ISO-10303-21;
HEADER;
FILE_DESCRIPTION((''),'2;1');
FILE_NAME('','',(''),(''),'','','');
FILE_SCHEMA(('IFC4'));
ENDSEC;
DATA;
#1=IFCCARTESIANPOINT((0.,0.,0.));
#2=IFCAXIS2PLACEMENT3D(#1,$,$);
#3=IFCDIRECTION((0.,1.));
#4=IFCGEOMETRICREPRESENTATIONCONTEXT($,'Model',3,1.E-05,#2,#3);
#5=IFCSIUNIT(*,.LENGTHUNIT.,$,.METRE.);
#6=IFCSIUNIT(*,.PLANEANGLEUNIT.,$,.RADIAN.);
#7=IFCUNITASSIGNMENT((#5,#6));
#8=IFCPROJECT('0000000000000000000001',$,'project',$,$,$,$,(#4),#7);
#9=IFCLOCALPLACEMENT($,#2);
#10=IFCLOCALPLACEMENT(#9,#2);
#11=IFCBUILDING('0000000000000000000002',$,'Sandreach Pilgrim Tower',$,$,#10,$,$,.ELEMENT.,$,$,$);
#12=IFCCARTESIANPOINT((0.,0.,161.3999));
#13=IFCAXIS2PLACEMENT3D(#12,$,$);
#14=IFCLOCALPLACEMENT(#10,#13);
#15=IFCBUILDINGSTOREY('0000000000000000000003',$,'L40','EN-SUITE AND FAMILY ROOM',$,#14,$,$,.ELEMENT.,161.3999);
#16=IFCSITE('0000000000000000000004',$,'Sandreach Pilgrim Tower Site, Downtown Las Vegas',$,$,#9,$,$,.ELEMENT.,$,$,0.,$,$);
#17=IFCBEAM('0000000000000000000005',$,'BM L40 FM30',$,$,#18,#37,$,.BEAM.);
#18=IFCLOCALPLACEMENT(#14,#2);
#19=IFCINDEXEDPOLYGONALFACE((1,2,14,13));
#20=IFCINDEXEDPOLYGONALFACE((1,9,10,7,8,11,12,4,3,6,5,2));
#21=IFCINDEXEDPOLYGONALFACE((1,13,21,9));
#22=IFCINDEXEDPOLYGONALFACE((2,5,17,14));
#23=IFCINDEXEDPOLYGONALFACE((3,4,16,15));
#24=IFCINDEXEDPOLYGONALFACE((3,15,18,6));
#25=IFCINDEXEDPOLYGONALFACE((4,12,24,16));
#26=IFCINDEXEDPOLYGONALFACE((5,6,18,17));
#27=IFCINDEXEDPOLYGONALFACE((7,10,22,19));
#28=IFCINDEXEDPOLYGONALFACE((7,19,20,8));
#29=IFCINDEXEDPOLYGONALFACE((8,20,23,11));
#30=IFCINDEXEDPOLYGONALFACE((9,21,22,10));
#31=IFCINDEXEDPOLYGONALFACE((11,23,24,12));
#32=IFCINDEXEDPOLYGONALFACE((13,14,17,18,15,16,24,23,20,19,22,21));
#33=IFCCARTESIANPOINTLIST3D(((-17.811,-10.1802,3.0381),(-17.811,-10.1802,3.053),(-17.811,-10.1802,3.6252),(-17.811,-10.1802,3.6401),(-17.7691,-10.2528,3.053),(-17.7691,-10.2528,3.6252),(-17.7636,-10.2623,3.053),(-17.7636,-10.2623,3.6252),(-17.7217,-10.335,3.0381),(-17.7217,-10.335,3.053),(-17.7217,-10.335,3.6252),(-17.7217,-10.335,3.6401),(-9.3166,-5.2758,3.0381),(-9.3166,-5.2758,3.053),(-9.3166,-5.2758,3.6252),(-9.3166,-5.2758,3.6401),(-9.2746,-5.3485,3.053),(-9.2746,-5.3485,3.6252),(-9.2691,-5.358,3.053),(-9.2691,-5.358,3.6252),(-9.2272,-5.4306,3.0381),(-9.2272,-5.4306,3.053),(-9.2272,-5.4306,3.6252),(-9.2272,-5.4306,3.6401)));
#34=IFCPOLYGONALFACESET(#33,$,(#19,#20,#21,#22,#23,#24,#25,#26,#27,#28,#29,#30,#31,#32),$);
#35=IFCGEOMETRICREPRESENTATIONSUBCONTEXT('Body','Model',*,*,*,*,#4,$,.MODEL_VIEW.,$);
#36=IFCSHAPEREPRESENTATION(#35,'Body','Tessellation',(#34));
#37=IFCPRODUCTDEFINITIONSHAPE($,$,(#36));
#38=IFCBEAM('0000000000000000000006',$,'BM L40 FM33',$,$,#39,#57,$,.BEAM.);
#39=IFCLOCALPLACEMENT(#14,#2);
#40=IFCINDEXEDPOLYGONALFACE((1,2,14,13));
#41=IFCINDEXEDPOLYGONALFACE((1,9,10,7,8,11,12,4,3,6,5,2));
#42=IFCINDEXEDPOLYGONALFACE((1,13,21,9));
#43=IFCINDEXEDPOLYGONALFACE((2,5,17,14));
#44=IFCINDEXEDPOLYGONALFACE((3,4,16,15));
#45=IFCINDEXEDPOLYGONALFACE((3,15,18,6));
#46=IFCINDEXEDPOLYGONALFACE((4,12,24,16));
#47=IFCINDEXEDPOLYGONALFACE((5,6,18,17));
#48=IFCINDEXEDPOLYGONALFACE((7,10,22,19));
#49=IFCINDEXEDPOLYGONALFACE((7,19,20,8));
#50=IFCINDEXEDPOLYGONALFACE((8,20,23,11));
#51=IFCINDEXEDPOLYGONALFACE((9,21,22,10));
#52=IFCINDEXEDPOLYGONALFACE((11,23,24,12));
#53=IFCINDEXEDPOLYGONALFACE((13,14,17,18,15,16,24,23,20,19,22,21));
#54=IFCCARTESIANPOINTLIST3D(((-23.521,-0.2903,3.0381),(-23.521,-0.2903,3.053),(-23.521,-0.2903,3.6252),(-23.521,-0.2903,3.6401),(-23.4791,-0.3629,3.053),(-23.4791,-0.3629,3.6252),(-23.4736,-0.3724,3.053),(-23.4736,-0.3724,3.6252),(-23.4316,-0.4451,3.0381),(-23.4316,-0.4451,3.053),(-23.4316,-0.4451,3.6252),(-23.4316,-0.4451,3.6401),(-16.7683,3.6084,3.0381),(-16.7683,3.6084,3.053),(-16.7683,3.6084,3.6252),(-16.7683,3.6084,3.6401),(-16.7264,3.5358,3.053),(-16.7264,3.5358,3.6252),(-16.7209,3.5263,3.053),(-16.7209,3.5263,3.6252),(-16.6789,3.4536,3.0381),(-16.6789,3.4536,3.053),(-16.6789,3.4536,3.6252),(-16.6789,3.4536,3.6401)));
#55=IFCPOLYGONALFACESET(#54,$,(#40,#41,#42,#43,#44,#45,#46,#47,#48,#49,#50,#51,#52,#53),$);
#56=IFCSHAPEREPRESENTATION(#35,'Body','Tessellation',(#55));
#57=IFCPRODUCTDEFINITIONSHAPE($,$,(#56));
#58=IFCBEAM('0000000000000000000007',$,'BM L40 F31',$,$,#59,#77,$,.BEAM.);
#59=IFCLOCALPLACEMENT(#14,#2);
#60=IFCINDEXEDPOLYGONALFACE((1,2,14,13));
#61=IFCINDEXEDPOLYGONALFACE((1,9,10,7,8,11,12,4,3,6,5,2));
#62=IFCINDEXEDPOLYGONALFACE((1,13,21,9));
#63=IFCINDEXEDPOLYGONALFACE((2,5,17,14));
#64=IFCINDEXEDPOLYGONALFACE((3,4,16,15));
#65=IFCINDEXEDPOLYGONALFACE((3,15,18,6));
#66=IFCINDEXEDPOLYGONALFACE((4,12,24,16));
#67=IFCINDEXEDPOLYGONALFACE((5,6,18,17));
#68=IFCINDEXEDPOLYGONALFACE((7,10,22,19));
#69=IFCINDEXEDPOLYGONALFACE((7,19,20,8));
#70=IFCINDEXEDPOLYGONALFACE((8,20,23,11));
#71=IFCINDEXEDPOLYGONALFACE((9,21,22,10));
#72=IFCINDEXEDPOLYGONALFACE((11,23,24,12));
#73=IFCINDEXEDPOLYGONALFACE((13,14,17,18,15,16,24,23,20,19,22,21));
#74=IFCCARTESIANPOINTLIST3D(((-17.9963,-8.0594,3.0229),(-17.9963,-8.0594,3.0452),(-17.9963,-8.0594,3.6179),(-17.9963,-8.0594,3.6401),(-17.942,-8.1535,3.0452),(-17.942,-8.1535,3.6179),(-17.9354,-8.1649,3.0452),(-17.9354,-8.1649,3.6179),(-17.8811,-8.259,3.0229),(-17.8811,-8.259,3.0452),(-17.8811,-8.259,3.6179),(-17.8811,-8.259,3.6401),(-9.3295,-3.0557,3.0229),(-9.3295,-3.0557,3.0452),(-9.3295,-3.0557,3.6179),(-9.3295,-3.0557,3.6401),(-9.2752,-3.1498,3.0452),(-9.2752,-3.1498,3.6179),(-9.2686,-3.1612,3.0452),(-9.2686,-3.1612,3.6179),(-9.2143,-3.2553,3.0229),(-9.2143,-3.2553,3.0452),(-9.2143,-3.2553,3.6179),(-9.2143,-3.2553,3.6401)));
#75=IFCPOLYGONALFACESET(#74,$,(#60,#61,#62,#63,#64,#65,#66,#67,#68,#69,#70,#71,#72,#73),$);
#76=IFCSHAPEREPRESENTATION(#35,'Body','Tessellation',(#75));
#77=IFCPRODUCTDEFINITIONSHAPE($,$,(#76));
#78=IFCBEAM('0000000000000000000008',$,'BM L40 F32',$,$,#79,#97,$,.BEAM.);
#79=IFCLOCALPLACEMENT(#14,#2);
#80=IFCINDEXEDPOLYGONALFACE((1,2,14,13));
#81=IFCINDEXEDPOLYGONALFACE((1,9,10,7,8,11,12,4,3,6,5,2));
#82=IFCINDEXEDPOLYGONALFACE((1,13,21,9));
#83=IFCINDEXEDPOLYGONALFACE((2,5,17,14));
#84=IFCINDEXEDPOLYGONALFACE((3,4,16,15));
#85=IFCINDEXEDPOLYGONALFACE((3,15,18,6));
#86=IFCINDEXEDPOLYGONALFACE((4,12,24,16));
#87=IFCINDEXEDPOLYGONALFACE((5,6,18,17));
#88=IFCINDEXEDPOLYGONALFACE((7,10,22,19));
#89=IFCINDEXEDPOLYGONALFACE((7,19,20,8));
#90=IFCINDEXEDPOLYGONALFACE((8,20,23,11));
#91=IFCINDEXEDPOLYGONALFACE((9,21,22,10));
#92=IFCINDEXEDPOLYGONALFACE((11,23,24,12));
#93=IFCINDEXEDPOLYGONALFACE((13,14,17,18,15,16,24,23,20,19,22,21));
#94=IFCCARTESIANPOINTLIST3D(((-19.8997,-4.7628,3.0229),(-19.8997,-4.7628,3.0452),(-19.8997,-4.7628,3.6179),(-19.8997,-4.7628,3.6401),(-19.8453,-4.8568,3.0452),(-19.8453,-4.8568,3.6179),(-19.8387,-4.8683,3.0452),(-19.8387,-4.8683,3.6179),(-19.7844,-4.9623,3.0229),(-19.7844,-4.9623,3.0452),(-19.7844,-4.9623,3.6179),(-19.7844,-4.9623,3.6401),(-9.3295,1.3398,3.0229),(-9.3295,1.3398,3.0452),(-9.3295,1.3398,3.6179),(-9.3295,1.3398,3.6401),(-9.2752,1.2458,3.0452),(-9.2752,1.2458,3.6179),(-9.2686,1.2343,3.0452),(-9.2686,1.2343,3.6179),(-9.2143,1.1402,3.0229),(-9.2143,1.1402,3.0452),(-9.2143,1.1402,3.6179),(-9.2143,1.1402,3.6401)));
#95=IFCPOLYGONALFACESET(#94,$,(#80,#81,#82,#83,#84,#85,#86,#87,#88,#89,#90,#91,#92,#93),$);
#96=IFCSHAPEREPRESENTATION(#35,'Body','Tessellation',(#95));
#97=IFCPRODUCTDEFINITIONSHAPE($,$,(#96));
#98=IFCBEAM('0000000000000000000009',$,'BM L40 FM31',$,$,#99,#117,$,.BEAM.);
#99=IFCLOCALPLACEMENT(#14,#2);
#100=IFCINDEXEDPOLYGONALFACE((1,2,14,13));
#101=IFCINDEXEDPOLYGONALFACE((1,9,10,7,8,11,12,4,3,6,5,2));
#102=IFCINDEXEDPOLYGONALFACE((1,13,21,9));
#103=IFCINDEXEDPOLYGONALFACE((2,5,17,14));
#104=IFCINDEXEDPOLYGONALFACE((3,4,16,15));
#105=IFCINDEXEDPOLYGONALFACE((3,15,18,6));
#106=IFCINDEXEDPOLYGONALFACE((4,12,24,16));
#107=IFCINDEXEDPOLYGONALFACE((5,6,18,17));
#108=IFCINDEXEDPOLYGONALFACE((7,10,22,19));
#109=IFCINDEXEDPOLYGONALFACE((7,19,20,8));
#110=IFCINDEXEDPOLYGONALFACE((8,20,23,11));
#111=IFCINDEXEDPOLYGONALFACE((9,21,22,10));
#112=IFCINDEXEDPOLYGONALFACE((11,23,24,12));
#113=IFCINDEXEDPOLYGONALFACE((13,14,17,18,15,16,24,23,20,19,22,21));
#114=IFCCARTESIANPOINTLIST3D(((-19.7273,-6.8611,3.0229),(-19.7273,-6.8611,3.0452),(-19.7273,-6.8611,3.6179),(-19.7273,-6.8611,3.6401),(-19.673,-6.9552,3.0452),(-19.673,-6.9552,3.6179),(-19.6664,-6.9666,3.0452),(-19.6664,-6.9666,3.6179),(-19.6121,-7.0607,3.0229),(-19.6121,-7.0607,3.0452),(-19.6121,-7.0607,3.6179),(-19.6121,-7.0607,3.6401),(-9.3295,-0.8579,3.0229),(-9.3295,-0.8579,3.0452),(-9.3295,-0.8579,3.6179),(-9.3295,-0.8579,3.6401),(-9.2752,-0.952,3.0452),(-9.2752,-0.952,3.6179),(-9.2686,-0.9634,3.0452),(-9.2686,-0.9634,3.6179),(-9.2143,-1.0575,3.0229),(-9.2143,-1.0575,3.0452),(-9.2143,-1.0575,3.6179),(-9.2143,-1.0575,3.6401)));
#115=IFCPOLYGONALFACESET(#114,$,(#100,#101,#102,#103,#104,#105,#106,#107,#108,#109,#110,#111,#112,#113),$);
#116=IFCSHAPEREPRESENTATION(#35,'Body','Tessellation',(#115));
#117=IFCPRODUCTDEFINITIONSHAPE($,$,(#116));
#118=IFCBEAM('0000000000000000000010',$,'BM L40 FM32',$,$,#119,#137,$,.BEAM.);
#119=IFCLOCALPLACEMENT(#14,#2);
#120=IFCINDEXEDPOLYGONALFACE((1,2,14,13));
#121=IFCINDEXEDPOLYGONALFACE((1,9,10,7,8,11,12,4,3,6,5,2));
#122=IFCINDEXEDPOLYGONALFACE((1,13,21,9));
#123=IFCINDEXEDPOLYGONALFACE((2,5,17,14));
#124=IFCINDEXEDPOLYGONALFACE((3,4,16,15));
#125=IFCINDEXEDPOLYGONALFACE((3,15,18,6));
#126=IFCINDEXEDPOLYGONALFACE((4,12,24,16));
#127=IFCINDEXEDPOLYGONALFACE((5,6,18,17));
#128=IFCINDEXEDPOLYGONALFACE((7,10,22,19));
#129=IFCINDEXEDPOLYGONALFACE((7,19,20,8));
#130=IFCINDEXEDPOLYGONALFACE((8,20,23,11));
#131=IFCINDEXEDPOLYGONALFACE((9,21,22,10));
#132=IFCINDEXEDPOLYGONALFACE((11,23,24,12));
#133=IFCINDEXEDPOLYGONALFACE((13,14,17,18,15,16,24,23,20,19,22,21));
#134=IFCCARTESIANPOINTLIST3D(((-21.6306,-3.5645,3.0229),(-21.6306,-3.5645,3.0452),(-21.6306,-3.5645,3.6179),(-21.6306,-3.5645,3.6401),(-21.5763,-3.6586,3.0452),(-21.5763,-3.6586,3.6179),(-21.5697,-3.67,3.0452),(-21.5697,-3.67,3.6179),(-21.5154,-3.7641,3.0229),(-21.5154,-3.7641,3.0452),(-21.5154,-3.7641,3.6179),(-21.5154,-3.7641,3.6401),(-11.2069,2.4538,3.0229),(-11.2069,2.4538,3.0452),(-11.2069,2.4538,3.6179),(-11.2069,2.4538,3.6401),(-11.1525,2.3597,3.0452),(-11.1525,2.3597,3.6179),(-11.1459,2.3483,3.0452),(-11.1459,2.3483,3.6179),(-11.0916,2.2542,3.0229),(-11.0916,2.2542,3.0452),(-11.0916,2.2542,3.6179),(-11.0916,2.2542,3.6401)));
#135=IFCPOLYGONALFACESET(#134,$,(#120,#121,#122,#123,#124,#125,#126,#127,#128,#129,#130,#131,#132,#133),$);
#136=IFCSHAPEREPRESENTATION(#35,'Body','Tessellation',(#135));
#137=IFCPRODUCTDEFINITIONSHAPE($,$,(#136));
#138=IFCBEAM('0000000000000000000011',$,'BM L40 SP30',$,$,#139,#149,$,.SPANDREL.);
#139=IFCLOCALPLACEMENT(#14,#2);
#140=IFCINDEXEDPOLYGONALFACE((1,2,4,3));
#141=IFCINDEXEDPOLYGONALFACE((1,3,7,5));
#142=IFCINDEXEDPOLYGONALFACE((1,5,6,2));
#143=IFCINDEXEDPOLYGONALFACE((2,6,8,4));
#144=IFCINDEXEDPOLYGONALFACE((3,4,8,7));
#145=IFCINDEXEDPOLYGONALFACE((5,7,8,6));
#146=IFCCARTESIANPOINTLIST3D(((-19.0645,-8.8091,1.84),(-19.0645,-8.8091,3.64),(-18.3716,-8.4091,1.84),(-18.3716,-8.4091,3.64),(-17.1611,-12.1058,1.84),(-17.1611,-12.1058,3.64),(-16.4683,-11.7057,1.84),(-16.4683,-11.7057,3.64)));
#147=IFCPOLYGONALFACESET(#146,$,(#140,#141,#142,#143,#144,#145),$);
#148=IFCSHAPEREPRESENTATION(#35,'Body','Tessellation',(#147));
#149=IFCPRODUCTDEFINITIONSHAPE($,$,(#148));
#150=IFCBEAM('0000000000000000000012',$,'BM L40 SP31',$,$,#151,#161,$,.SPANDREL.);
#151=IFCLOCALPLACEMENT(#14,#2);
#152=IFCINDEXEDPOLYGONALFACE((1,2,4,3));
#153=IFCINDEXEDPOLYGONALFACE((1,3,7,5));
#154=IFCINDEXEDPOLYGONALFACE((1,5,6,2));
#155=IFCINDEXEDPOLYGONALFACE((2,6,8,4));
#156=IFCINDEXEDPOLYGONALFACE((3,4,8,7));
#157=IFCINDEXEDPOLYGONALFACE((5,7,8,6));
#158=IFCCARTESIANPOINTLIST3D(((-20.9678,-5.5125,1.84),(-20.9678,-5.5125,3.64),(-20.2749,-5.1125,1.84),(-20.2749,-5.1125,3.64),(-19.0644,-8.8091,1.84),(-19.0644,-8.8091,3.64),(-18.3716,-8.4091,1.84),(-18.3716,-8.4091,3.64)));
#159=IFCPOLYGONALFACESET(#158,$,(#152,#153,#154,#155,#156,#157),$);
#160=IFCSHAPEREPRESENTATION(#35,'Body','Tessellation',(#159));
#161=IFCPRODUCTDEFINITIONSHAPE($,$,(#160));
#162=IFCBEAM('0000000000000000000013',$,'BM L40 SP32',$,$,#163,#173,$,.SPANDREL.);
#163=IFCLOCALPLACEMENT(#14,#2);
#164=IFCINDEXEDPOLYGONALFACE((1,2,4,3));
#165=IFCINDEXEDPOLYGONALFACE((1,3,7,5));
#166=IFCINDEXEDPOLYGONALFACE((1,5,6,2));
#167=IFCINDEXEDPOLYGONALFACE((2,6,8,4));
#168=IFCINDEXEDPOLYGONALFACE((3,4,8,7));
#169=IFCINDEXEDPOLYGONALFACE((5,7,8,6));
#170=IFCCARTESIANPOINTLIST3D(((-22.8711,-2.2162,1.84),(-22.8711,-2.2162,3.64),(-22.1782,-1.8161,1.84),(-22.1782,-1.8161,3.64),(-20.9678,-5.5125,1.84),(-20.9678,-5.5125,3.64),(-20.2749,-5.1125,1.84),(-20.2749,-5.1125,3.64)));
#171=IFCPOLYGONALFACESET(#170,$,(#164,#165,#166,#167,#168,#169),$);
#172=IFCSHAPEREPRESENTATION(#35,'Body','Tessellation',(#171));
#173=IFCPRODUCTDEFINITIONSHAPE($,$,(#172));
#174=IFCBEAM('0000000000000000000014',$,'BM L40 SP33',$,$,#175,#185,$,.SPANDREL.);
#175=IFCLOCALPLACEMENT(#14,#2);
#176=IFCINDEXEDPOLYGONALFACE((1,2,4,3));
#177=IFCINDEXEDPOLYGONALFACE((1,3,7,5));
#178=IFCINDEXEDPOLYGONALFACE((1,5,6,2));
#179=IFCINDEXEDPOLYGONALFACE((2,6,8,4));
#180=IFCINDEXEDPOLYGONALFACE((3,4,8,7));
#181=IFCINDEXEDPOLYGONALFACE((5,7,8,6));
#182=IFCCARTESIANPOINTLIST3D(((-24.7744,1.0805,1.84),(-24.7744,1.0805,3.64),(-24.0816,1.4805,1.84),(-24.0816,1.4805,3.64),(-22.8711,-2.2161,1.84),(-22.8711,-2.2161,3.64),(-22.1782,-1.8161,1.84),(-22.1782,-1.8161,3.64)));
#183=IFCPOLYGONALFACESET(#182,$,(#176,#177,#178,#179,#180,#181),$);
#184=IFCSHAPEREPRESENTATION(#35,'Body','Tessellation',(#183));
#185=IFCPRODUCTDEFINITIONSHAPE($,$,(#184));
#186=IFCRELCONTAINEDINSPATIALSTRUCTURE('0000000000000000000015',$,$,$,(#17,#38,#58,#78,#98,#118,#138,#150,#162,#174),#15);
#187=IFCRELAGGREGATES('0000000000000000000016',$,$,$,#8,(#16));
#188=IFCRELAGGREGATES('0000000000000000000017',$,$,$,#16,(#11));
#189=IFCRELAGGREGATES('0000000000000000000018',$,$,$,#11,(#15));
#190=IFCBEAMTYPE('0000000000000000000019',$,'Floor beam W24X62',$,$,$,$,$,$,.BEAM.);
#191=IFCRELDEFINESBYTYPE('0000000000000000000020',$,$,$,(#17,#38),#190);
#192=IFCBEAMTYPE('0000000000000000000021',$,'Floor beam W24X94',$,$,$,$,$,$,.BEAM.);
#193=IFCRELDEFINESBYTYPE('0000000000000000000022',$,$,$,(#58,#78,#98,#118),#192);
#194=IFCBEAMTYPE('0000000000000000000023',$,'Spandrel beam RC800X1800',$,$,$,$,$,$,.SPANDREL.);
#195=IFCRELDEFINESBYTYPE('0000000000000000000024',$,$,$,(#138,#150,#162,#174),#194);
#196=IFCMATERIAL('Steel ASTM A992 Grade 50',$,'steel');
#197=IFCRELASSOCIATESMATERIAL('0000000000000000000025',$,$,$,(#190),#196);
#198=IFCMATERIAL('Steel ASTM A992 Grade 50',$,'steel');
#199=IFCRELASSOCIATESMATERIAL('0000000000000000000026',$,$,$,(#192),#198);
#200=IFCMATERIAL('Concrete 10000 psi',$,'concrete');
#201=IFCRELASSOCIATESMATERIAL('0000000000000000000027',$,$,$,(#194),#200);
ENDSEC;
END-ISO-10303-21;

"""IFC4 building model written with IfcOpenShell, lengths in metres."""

from ifc_helpers import new_model, si_unit, direction, frame, origin, origin_2d, place, context, subcontext, project, spatial, rectangle, i_section, extrude, material, material_profile, profile_set, type_object, element, save


model = new_model("IFC4")

# Units and contexts
model_context = context("Model", 3, precision=1e-05, world=origin(), true_north=direction((0.0, 1.0)))
body_context = subcontext(model_context, "Body", "Model", "MODEL_VIEW")
ifc_project = project(units=[si_unit("LENGTHUNIT", "METRE"), si_unit("PLANEANGLEUNIT", "RADIAN")], contexts=[model_context])

# Site, building, storey
site_placement = place(None, origin())
site = spatial("IfcSite", under=ifc_project, at=site_placement, Name="Sandreach Pilgrim Tower Site, Downtown Las Vegas", CompositionType="ELEMENT", RefElevation=0.0)
building_placement = place(site_placement, origin())
building = spatial("IfcBuilding", under=site, at=building_placement, Name="Sandreach Pilgrim Tower", CompositionType="ELEMENT")
storey_placement = place(building_placement, frame((0.0, 0.0, 161.3999)))
storey = spatial("IfcBuildingStorey", under=building, at=storey_placement, Name="L40", Description="EN-SUITE AND FAMILY ROOM", CompositionType="ELEMENT", Elevation=161.3999)

# Beams
ifc_material_1 = material(Name="Steel ASTM A992 Grade 50", Category="steel")
ifc_material_profile_1 = material_profile(ifc_material_1, i_section(OverallWidth=0.1787, OverallDepth=0.6021, WebThickness=0.011, FlangeThickness=0.0149, at=origin_2d()), Name="W24X62")
ifc_profile_set_1 = profile_set([ifc_material_profile_1], Name="Steel ASTM A992 Grade 50")
beam_type_1 = type_object("IfcBeamType", Name="Floor beam W24X62", PredefinedType="BEAM", material=ifc_profile_set_1)
beam_1_placement = place(storey_placement, frame((-17.7664, -10.2576, 3.3391), z_axis=(0.866023, 0.500005, 0.0), x_axis=(-0.500005, 0.866023, 0.0)))
element("IfcBeam", 1, at=beam_1_placement, inside=storey, type_object=beam_type_1, Name="BM L40 FM30", PredefinedType="BEAM", context=body_context, shape_type="SweptSolid", body=[
    extrude(i_section(OverallWidth=0.1787, OverallDepth=0.6021, WebThickness=0.011, FlangeThickness=0.0149, at=origin_2d()), origin(), (0.0, 0.0, 1.0), 9.8086),
])
beam_2_placement = place(storey_placement, frame((-23.4763, -0.3677, 3.3391), z_axis=(0.866024, 0.500002, 0.0), x_axis=(-0.500002, 0.866024, 0.0)))
element("IfcBeam", 2, at=beam_2_placement, inside=storey, type_object=beam_type_1, Name="BM L40 FM33", PredefinedType="BEAM", context=body_context, shape_type="SweptSolid", body=[
    extrude(i_section(OverallWidth=0.1787, OverallDepth=0.6021, WebThickness=0.011, FlangeThickness=0.0149, at=origin_2d()), origin(), (0.0, 0.0, 1.0), 7.7974),
])
ifc_material_2 = material(Name="Steel ASTM A992 Grade 50", Category="steel")
ifc_material_profile_2 = material_profile(ifc_material_2, i_section(OverallWidth=0.2305, OverallDepth=0.6172, WebThickness=0.0132, FlangeThickness=0.0222, at=origin_2d()), Name="W24X94")
ifc_profile_set_2 = profile_set([ifc_material_profile_2], Name="Steel ASTM A992 Grade 50")
beam_type_2 = type_object("IfcBeamType", Name="Floor beam W24X94", PredefinedType="BEAM", material=ifc_profile_set_2)
beam_3_placement = place(storey_placement, frame((-17.9387, -8.1592, 3.3315), z_axis=(0.866029, 0.499993, 0.0), x_axis=(-0.499993, 0.866029, 0.0)))
element("IfcBeam", 3, at=beam_3_placement, inside=storey, type_object=beam_type_2, Name="BM L40 F31", PredefinedType="BEAM", context=body_context, shape_type="SweptSolid", body=[
    extrude(i_section(OverallWidth=0.2305, OverallDepth=0.6172, WebThickness=0.0132, FlangeThickness=0.0222, at=origin_2d()), origin(), (0.0, 0.0, 1.0), 10.0076),
])
beam_4_placement = place(storey_placement, frame((-19.842, -4.8625, 3.3315), z_axis=(0.866029, 0.499994, 0.0), x_axis=(-0.499994, 0.866029, 0.0)))
element("IfcBeam", 4, at=beam_4_placement, inside=storey, type_object=beam_type_2, Name="BM L40 F32", PredefinedType="BEAM", context=body_context, shape_type="SweptSolid", body=[
    extrude(i_section(OverallWidth=0.2305, OverallDepth=0.6172, WebThickness=0.0132, FlangeThickness=0.0222, at=origin_2d()), origin(), (0.0, 0.0, 1.0), 12.2053),
])
beam_5_placement = place(storey_placement, frame((-19.6697, -6.9609, 3.3315), z_axis=(0.866023, 0.500003, 0.0), x_axis=(-0.500003, 0.866023, 0.0)))
element("IfcBeam", 5, at=beam_5_placement, inside=storey, type_object=beam_type_2, Name="BM L40 FM31", PredefinedType="BEAM", context=body_context, shape_type="SweptSolid", body=[
    extrude(i_section(OverallWidth=0.2305, OverallDepth=0.6172, WebThickness=0.0132, FlangeThickness=0.0222, at=origin_2d()), origin(), (0.0, 0.0, 1.0), 12.0063),
])
beam_6_placement = place(storey_placement, frame((-21.573, -3.6643, 3.3315), z_axis=(0.866021, 0.500007, 0.0), x_axis=(-0.500007, 0.866021, 0.0)))
element("IfcBeam", 6, at=beam_6_placement, inside=storey, type_object=beam_type_2, Name="BM L40 FM32", PredefinedType="BEAM", context=body_context, shape_type="SweptSolid", body=[
    extrude(i_section(OverallWidth=0.2305, OverallDepth=0.6172, WebThickness=0.0132, FlangeThickness=0.0222, at=origin_2d()), origin(), (0.0, 0.0, 1.0), 12.0364),
])
ifc_material_3 = material(Name="Concrete 10000 psi", Category="concrete")
ifc_material_profile_3 = material_profile(ifc_material_3, rectangle(XDim=0.8, YDim=1.8, at=origin_2d()), Name="RC800X1800")
ifc_profile_set_3 = profile_set([ifc_material_profile_3], Name="Concrete 10000 psi")
beam_type_3 = type_object("IfcBeamType", Name="Spandrel beam RC800X1800", PredefinedType="SPANDREL", material=ifc_profile_set_3)
for number, where, z_axis, x_axis, name in (
    (7, (-16.8147, -11.9058, 2.74), (-0.500002, 0.866024, 0.0), (-0.866024, -0.500002, 0.0), "BM L40 SP30"),
    (8, (-18.718, -8.6091, 2.74), (-0.500002, 0.866024, 0.0), (-0.866024, -0.500002, 0.0), "BM L40 SP31"),
):
    element("IfcBeam", number, at=place(storey_placement, frame(where, z_axis=z_axis, x_axis=x_axis)), inside=storey, type_object=beam_type_3, Name=name, PredefinedType="SPANDREL", context=body_context, shape_type="SweptSolid", body=[
        extrude(rectangle(XDim=0.8, YDim=1.8, at=origin_2d()), origin(), (0.0, 0.0, 1.0), 3.8066),
    ])
beam_7_placement = place(storey_placement, frame((-20.6213, -5.3125, 2.74), z_axis=(-0.50003, 0.866008, 0.0), x_axis=(-0.866008, -0.50003, 0.0)))
element("IfcBeam", 9, at=beam_7_placement, inside=storey, type_object=beam_type_3, Name="BM L40 SP32", PredefinedType="SPANDREL", context=body_context, shape_type="SweptSolid", body=[
    extrude(rectangle(XDim=0.8, YDim=1.8, at=origin_2d()), origin(), (0.0, 0.0, 1.0), 3.8064),
])
beam_8_placement = place(storey_placement, frame((-22.5247, -2.0161, 2.74), z_axis=(-0.500002, 0.866024, 0.0), x_axis=(-0.866024, -0.500002, 0.0)))
element("IfcBeam", 10, at=beam_8_placement, inside=storey, type_object=beam_type_3, Name="BM L40 SP33", PredefinedType="SPANDREL", context=body_context, shape_type="SweptSolid", body=[
    extrude(rectangle(XDim=0.8, YDim=1.8, at=origin_2d()), origin(), (0.0, 0.0, 1.0), 3.8066),
])

save(model, "model.ifc")
